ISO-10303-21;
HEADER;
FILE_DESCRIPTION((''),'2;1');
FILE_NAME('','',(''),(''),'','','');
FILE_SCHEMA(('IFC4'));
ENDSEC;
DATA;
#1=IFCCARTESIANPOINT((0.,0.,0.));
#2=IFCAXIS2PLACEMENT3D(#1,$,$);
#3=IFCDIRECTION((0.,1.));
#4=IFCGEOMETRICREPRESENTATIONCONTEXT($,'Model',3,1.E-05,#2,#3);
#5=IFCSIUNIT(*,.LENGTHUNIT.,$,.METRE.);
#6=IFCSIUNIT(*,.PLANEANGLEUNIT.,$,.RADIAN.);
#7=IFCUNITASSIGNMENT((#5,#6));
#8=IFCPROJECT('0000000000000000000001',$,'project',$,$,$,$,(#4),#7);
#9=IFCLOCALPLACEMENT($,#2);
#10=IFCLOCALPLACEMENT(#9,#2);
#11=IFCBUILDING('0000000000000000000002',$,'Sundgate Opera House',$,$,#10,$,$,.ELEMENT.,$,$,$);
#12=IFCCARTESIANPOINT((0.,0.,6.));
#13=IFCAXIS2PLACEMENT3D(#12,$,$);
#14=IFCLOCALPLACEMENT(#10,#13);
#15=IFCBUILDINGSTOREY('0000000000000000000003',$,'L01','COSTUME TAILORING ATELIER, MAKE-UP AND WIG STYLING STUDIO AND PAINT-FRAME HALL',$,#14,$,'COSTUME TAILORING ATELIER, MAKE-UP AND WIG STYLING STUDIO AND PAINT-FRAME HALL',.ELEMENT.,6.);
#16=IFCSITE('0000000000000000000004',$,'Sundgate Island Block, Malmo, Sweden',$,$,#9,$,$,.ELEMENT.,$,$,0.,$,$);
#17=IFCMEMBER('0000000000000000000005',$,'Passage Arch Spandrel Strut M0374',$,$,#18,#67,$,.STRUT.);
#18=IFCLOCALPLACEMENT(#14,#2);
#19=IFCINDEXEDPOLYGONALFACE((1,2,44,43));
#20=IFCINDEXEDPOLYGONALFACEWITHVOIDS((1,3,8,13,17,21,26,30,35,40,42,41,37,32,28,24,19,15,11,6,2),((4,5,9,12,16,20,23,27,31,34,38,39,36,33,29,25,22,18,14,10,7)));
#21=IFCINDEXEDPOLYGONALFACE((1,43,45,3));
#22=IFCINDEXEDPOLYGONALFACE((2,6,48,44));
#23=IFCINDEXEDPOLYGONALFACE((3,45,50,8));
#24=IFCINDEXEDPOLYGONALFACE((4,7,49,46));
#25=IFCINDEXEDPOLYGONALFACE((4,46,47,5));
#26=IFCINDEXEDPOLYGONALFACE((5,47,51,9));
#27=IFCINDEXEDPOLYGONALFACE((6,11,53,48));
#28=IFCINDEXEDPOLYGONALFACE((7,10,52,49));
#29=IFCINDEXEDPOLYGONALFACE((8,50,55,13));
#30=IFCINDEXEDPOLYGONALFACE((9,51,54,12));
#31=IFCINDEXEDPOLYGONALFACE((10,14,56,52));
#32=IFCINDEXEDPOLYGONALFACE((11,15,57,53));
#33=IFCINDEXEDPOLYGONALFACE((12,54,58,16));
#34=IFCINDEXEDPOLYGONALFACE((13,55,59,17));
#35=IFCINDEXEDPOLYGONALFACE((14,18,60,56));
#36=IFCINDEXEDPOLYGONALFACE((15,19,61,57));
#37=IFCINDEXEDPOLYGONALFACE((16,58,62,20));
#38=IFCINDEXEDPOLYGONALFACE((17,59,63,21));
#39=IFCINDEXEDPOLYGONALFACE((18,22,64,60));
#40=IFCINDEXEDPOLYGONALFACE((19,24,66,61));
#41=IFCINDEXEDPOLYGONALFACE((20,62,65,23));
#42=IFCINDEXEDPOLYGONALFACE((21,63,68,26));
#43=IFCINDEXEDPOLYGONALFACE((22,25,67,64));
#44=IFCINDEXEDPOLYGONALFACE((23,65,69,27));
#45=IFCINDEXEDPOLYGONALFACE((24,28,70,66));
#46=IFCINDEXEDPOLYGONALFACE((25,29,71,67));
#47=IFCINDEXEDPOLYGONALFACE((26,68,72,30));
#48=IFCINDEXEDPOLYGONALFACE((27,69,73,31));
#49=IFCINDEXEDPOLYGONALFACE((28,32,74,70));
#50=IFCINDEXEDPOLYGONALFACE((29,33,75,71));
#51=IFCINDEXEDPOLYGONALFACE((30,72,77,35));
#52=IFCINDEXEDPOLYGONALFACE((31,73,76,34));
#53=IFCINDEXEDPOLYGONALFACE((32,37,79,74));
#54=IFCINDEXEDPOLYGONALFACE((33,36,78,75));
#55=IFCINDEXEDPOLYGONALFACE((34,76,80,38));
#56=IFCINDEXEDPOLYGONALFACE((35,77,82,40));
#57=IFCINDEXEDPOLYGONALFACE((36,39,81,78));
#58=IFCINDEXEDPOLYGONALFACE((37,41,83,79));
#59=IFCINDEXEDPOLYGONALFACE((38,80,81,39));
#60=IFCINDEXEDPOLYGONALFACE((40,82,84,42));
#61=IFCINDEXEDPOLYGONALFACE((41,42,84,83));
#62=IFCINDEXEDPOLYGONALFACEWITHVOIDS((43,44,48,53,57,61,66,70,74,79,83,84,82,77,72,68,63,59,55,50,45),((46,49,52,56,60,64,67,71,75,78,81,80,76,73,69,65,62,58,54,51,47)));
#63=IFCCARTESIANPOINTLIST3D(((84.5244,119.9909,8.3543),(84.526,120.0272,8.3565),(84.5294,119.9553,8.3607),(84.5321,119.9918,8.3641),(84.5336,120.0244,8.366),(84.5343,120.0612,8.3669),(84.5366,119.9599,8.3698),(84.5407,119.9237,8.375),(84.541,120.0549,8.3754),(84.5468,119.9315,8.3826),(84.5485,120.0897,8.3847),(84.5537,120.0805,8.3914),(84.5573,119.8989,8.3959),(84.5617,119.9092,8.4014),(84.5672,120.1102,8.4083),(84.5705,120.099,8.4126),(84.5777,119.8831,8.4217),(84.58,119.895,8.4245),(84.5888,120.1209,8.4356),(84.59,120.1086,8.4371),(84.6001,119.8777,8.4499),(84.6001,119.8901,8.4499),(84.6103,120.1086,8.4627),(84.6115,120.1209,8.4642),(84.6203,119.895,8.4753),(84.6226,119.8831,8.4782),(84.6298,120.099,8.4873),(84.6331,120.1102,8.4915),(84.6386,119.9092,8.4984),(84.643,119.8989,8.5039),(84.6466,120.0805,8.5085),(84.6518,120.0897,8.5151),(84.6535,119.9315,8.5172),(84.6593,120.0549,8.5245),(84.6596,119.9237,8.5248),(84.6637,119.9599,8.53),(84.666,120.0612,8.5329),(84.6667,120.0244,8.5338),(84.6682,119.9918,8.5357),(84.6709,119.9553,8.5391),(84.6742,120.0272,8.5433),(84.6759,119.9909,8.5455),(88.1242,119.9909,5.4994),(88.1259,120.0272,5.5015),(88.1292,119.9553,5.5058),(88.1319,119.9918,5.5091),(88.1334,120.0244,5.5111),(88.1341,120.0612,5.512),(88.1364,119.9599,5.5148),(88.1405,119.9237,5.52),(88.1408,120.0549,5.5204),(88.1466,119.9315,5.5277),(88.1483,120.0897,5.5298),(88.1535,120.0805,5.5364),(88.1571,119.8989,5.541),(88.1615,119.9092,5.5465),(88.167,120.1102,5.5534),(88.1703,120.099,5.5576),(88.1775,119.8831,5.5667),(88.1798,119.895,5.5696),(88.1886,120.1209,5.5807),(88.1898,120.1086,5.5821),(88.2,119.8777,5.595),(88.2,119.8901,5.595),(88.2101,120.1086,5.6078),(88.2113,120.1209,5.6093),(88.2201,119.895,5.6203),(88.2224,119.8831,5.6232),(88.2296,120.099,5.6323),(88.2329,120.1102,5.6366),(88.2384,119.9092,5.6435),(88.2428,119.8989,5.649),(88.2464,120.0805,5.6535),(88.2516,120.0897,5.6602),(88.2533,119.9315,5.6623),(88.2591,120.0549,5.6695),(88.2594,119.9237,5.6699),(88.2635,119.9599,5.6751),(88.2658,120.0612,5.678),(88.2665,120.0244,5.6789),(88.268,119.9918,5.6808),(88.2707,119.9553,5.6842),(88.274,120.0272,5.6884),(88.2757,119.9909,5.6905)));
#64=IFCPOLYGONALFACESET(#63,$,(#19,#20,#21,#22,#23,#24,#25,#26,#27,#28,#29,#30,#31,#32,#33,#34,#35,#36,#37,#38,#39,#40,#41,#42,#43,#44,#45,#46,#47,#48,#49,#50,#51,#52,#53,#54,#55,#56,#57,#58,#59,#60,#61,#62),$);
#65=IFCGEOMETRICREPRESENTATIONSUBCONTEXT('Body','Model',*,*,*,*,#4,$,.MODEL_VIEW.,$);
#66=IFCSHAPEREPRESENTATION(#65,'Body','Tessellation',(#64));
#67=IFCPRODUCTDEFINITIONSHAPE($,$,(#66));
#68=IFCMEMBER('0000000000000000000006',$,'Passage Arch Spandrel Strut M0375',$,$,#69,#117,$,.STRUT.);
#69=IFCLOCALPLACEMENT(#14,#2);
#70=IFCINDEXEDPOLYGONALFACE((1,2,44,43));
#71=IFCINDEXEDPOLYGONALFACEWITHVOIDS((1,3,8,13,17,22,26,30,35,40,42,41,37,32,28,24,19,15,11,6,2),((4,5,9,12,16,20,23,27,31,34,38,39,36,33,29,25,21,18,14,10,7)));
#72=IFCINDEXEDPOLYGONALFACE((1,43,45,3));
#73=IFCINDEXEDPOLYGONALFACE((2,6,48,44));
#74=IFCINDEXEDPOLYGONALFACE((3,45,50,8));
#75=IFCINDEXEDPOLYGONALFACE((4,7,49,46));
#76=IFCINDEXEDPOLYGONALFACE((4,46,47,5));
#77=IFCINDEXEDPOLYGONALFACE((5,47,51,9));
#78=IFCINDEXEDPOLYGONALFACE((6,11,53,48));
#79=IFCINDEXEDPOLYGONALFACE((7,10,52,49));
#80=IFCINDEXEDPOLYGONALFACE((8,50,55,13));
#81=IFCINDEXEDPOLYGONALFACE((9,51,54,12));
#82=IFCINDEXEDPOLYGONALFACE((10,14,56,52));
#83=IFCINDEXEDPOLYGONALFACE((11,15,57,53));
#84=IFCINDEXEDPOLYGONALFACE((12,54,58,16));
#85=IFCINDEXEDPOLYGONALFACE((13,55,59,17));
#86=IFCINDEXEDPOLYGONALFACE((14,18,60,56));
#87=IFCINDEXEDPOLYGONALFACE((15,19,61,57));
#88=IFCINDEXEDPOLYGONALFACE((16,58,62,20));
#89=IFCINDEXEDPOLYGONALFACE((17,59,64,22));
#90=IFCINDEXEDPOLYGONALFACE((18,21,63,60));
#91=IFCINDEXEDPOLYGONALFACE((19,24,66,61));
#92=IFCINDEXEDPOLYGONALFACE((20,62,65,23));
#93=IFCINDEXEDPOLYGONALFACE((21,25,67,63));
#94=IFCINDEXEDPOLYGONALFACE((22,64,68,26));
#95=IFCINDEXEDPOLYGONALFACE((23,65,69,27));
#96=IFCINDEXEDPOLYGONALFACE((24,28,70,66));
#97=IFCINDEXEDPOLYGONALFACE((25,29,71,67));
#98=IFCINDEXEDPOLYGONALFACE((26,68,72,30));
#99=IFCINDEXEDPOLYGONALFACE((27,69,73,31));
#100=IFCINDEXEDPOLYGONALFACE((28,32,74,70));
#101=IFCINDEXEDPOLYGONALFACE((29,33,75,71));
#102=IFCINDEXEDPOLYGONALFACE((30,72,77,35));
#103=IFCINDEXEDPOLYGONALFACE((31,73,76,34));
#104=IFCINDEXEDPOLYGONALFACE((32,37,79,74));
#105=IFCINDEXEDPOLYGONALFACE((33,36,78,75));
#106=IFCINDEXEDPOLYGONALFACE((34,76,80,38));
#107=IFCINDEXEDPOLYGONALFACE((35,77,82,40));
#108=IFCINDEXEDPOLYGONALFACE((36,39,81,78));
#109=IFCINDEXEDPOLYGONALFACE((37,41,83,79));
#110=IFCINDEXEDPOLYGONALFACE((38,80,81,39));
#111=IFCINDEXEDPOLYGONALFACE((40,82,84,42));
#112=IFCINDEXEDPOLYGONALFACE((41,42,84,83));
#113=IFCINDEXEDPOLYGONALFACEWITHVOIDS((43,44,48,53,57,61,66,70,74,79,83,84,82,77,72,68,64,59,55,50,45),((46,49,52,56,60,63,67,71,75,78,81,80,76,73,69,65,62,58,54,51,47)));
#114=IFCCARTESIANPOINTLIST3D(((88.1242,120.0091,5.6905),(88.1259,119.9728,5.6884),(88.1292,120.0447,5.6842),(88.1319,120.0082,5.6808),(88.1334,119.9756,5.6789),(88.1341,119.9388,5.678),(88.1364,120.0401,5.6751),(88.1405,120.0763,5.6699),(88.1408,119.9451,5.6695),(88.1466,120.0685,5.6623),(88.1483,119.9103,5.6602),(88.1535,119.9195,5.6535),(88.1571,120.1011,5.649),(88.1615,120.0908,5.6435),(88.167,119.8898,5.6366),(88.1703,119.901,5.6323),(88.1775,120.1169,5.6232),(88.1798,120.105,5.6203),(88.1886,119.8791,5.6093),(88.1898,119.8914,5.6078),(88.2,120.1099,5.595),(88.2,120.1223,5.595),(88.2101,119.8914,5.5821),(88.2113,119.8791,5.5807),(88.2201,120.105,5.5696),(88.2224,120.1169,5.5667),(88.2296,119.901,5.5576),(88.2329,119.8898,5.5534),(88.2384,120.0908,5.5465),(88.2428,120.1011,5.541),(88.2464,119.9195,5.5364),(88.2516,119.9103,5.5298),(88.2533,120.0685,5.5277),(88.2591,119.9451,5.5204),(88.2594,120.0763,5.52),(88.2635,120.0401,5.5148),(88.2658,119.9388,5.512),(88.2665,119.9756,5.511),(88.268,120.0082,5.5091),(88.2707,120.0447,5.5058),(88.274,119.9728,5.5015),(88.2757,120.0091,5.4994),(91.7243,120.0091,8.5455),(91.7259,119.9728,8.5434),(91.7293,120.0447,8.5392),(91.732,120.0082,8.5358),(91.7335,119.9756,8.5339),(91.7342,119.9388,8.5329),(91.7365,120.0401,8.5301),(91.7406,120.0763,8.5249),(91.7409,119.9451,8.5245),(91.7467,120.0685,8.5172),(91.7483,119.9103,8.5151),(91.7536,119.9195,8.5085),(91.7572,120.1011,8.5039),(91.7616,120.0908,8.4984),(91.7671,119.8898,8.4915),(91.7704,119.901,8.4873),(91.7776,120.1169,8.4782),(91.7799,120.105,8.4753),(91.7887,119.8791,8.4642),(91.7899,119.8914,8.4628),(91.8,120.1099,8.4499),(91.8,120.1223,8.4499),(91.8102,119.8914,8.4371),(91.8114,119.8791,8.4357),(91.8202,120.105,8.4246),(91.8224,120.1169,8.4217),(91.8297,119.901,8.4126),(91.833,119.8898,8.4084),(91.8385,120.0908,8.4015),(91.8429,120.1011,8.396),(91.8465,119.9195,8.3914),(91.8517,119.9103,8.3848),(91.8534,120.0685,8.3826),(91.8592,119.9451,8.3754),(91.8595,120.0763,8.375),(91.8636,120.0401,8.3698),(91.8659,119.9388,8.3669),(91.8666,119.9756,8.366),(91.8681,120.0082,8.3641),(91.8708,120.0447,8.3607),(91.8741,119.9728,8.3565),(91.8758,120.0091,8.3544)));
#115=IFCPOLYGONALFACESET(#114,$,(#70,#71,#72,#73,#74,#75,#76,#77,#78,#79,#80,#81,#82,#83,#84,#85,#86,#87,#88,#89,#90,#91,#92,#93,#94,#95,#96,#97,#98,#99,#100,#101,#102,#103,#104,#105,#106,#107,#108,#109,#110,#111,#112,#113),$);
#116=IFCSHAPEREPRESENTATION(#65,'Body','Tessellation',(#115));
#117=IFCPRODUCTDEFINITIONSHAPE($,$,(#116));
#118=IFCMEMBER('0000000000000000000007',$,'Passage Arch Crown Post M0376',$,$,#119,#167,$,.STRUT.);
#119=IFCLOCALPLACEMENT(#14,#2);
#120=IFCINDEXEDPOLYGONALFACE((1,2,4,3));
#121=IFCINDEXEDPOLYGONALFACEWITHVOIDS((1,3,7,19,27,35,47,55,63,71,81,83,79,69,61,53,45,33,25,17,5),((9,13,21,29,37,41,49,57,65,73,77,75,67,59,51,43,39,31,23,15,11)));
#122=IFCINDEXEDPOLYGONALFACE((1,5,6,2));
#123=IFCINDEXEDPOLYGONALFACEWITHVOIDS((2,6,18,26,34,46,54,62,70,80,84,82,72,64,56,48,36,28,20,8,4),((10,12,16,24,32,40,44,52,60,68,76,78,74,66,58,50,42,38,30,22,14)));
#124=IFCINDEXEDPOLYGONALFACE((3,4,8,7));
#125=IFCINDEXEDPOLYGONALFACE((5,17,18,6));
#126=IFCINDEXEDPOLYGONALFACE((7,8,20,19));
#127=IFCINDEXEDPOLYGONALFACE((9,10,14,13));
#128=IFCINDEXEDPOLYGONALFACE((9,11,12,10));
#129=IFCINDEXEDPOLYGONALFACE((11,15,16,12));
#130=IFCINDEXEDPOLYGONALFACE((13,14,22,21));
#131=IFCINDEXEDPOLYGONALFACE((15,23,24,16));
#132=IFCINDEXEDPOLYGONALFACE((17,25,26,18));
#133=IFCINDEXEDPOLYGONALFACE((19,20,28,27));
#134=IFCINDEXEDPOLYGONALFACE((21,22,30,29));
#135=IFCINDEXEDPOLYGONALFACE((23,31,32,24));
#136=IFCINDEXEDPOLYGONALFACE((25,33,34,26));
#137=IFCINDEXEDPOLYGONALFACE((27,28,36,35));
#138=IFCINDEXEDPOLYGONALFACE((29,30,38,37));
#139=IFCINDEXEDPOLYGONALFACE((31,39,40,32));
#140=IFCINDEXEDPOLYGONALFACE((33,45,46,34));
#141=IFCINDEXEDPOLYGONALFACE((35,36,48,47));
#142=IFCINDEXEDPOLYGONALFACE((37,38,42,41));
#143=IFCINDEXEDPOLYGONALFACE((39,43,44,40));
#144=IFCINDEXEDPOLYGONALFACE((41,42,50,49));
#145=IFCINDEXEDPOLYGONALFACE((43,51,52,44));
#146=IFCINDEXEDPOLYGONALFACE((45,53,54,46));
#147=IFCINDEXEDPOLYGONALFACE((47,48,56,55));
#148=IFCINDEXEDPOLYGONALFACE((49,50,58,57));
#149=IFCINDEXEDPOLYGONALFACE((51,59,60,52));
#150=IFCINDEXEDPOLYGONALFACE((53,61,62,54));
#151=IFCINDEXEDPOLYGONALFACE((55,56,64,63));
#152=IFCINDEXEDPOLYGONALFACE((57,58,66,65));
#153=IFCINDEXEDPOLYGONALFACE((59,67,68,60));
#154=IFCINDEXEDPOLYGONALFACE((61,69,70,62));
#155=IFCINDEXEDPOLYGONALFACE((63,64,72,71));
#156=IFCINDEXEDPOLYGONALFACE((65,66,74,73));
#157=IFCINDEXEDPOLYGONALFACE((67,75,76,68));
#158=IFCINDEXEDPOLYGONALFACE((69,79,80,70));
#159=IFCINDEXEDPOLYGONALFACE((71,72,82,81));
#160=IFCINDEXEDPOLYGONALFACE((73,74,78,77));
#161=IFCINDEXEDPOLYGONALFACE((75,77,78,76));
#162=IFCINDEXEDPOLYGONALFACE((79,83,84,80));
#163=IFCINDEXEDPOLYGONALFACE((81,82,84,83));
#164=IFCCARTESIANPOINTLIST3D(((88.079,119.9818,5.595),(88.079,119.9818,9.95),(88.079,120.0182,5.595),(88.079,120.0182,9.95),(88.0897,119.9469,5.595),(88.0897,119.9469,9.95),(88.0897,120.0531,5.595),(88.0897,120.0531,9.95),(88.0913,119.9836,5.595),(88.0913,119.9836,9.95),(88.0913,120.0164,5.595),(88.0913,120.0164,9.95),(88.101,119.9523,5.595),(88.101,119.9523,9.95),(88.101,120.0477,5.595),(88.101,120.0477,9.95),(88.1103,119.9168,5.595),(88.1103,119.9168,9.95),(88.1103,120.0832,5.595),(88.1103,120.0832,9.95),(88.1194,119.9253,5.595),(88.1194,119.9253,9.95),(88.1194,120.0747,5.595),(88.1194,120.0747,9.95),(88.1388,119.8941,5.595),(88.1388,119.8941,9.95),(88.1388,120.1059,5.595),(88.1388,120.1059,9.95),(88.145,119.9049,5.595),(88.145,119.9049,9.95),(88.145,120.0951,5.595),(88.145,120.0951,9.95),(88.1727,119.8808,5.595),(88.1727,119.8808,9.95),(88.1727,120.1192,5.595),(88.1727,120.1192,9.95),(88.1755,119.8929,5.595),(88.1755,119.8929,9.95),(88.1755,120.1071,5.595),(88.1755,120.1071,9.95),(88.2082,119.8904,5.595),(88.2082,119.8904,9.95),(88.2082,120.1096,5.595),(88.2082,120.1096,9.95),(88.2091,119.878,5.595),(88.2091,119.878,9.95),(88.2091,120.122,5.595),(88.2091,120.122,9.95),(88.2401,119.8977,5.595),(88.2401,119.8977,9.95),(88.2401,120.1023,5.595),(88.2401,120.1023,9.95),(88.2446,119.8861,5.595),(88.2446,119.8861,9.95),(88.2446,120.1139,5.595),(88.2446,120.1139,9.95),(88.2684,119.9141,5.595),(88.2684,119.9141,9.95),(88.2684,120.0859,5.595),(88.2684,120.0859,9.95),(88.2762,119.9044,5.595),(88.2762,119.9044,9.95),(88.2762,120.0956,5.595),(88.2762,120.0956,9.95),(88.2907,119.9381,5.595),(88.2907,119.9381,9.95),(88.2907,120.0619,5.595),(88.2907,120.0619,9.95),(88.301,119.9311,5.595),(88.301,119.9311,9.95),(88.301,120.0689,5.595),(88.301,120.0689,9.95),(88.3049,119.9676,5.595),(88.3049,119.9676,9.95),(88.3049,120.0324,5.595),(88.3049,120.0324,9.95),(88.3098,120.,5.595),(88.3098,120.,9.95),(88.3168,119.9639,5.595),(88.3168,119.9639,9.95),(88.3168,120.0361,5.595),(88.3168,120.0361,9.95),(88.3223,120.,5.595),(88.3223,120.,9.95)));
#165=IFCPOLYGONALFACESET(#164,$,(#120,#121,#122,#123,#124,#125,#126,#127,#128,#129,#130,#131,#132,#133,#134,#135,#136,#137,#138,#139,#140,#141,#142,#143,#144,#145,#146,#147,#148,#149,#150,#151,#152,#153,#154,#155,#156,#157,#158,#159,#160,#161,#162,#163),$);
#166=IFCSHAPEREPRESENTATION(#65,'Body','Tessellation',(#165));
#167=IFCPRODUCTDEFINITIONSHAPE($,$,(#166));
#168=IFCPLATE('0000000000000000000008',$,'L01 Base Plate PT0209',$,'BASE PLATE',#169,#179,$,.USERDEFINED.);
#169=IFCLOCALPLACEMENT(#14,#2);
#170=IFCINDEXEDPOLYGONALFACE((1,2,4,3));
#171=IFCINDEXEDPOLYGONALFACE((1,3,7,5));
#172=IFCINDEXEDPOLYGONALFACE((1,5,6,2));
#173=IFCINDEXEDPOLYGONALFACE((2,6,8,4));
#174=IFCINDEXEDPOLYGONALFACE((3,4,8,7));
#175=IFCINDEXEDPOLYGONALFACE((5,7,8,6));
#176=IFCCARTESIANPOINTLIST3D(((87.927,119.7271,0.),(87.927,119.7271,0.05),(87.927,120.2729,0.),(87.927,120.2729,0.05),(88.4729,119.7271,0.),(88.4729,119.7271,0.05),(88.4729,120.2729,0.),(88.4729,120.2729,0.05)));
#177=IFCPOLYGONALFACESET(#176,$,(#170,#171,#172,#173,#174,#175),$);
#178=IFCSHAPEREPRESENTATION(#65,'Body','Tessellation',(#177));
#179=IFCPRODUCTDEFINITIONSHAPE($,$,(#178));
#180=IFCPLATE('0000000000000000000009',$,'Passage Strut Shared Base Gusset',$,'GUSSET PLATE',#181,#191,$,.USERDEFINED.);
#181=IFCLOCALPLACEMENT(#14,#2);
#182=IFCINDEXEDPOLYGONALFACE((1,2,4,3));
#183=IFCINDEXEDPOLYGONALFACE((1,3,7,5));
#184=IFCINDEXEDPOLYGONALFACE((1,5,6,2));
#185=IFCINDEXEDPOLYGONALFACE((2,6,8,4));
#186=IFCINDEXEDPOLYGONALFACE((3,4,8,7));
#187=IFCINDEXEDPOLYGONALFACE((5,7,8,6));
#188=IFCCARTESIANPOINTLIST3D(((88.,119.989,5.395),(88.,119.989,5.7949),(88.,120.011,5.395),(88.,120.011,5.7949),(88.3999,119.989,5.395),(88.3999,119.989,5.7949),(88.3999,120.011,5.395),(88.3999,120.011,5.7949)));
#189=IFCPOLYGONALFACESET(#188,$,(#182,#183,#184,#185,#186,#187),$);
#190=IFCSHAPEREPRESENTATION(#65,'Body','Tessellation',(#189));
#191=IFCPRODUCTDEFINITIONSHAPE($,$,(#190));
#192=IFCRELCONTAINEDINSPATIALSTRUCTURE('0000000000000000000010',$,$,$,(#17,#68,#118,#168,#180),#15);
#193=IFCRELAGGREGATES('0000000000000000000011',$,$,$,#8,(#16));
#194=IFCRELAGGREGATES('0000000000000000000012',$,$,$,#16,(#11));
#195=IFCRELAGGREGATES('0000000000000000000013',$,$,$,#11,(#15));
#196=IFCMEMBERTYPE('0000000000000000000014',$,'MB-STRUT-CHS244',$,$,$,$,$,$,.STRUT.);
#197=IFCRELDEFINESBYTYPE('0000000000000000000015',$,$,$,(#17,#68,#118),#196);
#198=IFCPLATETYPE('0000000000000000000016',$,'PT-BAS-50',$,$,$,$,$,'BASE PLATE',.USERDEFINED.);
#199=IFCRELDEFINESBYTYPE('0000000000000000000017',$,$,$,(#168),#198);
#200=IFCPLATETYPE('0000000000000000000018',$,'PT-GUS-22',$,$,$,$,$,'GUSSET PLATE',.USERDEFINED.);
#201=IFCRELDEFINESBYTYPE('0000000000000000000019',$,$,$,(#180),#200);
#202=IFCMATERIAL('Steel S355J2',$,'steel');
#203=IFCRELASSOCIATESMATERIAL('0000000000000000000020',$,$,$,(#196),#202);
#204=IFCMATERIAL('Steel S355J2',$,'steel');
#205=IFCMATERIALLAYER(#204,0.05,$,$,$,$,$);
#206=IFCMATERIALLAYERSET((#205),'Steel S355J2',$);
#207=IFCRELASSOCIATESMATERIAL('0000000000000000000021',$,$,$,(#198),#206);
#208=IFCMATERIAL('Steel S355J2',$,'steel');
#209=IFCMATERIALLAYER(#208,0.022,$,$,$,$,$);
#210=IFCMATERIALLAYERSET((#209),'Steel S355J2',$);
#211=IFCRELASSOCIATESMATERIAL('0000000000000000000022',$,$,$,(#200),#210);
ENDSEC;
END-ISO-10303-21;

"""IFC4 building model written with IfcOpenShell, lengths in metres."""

from ifc_helpers import new_model, si_unit, direction, frame, origin, origin_2d, place, context, subcontext, project, spatial, rectangle, hollow_circle, extrude, material, layer, layer_set, material_profile, profile_set, type_object, element, save


model = new_model("IFC4")

# Units and contexts
model_context = context("Model", 3, precision=1e-05, world=origin(), true_north=direction((0.0, 1.0)))
body_context = subcontext(model_context, "Body", "Model", "MODEL_VIEW")
ifc_project = project(units=[si_unit("LENGTHUNIT", "METRE"), si_unit("PLANEANGLEUNIT", "RADIAN")], contexts=[model_context])

# Site, building, storey
site_placement = place(None, origin())
site = spatial("IfcSite", under=ifc_project, at=site_placement, Name="Sundgate Island Block, Malmo, Sweden", CompositionType="ELEMENT", RefElevation=0.0)
building_placement = place(site_placement, origin())
building = spatial("IfcBuilding", under=site, at=building_placement, Name="Sundgate Opera House", CompositionType="ELEMENT")
storey_placement = place(building_placement, frame((0.0, 0.0, 6.0)))
storey = spatial("IfcBuildingStorey", under=building, at=storey_placement, Name="L01", Description="COSTUME TAILORING ATELIER, MAKE-UP AND WIG STYLING STUDIO AND PAINT-FRAME HALL", LongName="COSTUME TAILORING ATELIER, MAKE-UP AND WIG STYLING STUDIO AND PAINT-FRAME HALL", CompositionType="ELEMENT", Elevation=6.0)

# Members
ifc_material_1 = material(Name="Steel S355J2", Category="steel")
ifc_material_profile_1 = material_profile(ifc_material_1, hollow_circle(Radius=0.1223, WallThickness=0.0125, at=origin_2d()), Name="CHS 244.5x12.5")
ifc_profile_set_1 = profile_set([ifc_material_profile_1], Name="Steel S355J2")
member_type = type_object("IfcMemberType", Name="MB-STRUT-CHS244", PredefinedType="STRUT", material=ifc_profile_set_1)
member_1_placement = place(storey_placement, frame((88.2, 120.0, 5.595), z_axis=(-0.783506, 0.0, 0.621385), x_axis=(0.0, -1.0, 0.0)))
element("IfcMember", 1, at=member_1_placement, inside=storey, type_object=member_type, Name="Passage Arch Spandrel Strut M0374", PredefinedType="STRUT", context=body_context, shape_type="SweptSolid", body=[
    extrude(hollow_circle(Radius=0.1223, WallThickness=0.0125, at=origin_2d()), origin(), (0.0, 0.0, 1.0), 4.5945),
])
member_2_placement = place(storey_placement, frame((88.2, 120.0, 5.595), z_axis=(0.783526, 0.0, 0.621359), x_axis=(0.0, 1.0, 0.0)))
element("IfcMember", 2, at=member_2_placement, inside=storey, type_object=member_type, Name="Passage Arch Spandrel Strut M0375", PredefinedType="STRUT", context=body_context, shape_type="SweptSolid", body=[
    extrude(hollow_circle(Radius=0.1223, WallThickness=0.0125, at=origin_2d()), origin(), (0.0, 0.0, 1.0), 4.5947),
])
member_3_placement = place(storey_placement, frame((88.2, 120.0, 5.595), z_axis=(0.0, 0.0, 1.0), x_axis=(1.0, 0.0, 0.0)))
element("IfcMember", 3, at=member_3_placement, inside=storey, type_object=member_type, Name="Passage Arch Crown Post M0376", PredefinedType="STRUT", context=body_context, shape_type="SweptSolid", body=[
    extrude(hollow_circle(Radius=0.1223, WallThickness=0.0125, at=origin_2d()), origin(), (0.0, 0.0, 1.0), 4.355),
])

# Plates
ifc_material_2 = material(Name="Steel S355J2", Category="steel")
ifc_layer_1 = layer(ifc_material_2, 0.05)
ifc_layer_set_1 = layer_set([ifc_layer_1], Name="Steel S355J2")
plate_type_1 = type_object("IfcPlateType", Name="PT-BAS-50", ElementType="BASE PLATE", PredefinedType="USERDEFINED", material=ifc_layer_set_1)
plate_1_placement = place(storey_placement, frame((88.2, 120.0, 0.0), z_axis=(0.0, 0.0, 1.0), x_axis=(1.0, 0.0, 0.0)))
element("IfcPlate", 4, at=plate_1_placement, inside=storey, type_object=plate_type_1, Name="L01 Base Plate PT0209", ObjectType="BASE PLATE", PredefinedType="USERDEFINED", context=body_context, shape_type="SweptSolid", body=[
    extrude(rectangle(XDim=0.5459, YDim=0.5459, at=origin_2d()), origin(), (0.0, 0.0, 1.0), 0.05),
])
ifc_material_3 = material(Name="Steel S355J2", Category="steel")
ifc_layer_2 = layer(ifc_material_3, 0.022)
ifc_layer_set_2 = layer_set([ifc_layer_2], Name="Steel S355J2")
plate_type_2 = type_object("IfcPlateType", Name="PT-GUS-22", ElementType="GUSSET PLATE", PredefinedType="USERDEFINED", material=ifc_layer_set_2)
plate_2_placement = place(storey_placement, frame((88.2, 120.0, 5.395), z_axis=(0.0, 0.0, 1.0), x_axis=(1.0, 0.0, 0.0)))
element("IfcPlate", 5, at=plate_2_placement, inside=storey, type_object=plate_type_2, Name="Passage Strut Shared Base Gusset", ObjectType="GUSSET PLATE", PredefinedType="USERDEFINED", context=body_context, shape_type="SweptSolid", body=[
    extrude(rectangle(XDim=0.3999, YDim=0.022, at=origin_2d()), origin(), (0.0, 0.0, 1.0), 0.3999),
])

save(model, "model.ifc")
